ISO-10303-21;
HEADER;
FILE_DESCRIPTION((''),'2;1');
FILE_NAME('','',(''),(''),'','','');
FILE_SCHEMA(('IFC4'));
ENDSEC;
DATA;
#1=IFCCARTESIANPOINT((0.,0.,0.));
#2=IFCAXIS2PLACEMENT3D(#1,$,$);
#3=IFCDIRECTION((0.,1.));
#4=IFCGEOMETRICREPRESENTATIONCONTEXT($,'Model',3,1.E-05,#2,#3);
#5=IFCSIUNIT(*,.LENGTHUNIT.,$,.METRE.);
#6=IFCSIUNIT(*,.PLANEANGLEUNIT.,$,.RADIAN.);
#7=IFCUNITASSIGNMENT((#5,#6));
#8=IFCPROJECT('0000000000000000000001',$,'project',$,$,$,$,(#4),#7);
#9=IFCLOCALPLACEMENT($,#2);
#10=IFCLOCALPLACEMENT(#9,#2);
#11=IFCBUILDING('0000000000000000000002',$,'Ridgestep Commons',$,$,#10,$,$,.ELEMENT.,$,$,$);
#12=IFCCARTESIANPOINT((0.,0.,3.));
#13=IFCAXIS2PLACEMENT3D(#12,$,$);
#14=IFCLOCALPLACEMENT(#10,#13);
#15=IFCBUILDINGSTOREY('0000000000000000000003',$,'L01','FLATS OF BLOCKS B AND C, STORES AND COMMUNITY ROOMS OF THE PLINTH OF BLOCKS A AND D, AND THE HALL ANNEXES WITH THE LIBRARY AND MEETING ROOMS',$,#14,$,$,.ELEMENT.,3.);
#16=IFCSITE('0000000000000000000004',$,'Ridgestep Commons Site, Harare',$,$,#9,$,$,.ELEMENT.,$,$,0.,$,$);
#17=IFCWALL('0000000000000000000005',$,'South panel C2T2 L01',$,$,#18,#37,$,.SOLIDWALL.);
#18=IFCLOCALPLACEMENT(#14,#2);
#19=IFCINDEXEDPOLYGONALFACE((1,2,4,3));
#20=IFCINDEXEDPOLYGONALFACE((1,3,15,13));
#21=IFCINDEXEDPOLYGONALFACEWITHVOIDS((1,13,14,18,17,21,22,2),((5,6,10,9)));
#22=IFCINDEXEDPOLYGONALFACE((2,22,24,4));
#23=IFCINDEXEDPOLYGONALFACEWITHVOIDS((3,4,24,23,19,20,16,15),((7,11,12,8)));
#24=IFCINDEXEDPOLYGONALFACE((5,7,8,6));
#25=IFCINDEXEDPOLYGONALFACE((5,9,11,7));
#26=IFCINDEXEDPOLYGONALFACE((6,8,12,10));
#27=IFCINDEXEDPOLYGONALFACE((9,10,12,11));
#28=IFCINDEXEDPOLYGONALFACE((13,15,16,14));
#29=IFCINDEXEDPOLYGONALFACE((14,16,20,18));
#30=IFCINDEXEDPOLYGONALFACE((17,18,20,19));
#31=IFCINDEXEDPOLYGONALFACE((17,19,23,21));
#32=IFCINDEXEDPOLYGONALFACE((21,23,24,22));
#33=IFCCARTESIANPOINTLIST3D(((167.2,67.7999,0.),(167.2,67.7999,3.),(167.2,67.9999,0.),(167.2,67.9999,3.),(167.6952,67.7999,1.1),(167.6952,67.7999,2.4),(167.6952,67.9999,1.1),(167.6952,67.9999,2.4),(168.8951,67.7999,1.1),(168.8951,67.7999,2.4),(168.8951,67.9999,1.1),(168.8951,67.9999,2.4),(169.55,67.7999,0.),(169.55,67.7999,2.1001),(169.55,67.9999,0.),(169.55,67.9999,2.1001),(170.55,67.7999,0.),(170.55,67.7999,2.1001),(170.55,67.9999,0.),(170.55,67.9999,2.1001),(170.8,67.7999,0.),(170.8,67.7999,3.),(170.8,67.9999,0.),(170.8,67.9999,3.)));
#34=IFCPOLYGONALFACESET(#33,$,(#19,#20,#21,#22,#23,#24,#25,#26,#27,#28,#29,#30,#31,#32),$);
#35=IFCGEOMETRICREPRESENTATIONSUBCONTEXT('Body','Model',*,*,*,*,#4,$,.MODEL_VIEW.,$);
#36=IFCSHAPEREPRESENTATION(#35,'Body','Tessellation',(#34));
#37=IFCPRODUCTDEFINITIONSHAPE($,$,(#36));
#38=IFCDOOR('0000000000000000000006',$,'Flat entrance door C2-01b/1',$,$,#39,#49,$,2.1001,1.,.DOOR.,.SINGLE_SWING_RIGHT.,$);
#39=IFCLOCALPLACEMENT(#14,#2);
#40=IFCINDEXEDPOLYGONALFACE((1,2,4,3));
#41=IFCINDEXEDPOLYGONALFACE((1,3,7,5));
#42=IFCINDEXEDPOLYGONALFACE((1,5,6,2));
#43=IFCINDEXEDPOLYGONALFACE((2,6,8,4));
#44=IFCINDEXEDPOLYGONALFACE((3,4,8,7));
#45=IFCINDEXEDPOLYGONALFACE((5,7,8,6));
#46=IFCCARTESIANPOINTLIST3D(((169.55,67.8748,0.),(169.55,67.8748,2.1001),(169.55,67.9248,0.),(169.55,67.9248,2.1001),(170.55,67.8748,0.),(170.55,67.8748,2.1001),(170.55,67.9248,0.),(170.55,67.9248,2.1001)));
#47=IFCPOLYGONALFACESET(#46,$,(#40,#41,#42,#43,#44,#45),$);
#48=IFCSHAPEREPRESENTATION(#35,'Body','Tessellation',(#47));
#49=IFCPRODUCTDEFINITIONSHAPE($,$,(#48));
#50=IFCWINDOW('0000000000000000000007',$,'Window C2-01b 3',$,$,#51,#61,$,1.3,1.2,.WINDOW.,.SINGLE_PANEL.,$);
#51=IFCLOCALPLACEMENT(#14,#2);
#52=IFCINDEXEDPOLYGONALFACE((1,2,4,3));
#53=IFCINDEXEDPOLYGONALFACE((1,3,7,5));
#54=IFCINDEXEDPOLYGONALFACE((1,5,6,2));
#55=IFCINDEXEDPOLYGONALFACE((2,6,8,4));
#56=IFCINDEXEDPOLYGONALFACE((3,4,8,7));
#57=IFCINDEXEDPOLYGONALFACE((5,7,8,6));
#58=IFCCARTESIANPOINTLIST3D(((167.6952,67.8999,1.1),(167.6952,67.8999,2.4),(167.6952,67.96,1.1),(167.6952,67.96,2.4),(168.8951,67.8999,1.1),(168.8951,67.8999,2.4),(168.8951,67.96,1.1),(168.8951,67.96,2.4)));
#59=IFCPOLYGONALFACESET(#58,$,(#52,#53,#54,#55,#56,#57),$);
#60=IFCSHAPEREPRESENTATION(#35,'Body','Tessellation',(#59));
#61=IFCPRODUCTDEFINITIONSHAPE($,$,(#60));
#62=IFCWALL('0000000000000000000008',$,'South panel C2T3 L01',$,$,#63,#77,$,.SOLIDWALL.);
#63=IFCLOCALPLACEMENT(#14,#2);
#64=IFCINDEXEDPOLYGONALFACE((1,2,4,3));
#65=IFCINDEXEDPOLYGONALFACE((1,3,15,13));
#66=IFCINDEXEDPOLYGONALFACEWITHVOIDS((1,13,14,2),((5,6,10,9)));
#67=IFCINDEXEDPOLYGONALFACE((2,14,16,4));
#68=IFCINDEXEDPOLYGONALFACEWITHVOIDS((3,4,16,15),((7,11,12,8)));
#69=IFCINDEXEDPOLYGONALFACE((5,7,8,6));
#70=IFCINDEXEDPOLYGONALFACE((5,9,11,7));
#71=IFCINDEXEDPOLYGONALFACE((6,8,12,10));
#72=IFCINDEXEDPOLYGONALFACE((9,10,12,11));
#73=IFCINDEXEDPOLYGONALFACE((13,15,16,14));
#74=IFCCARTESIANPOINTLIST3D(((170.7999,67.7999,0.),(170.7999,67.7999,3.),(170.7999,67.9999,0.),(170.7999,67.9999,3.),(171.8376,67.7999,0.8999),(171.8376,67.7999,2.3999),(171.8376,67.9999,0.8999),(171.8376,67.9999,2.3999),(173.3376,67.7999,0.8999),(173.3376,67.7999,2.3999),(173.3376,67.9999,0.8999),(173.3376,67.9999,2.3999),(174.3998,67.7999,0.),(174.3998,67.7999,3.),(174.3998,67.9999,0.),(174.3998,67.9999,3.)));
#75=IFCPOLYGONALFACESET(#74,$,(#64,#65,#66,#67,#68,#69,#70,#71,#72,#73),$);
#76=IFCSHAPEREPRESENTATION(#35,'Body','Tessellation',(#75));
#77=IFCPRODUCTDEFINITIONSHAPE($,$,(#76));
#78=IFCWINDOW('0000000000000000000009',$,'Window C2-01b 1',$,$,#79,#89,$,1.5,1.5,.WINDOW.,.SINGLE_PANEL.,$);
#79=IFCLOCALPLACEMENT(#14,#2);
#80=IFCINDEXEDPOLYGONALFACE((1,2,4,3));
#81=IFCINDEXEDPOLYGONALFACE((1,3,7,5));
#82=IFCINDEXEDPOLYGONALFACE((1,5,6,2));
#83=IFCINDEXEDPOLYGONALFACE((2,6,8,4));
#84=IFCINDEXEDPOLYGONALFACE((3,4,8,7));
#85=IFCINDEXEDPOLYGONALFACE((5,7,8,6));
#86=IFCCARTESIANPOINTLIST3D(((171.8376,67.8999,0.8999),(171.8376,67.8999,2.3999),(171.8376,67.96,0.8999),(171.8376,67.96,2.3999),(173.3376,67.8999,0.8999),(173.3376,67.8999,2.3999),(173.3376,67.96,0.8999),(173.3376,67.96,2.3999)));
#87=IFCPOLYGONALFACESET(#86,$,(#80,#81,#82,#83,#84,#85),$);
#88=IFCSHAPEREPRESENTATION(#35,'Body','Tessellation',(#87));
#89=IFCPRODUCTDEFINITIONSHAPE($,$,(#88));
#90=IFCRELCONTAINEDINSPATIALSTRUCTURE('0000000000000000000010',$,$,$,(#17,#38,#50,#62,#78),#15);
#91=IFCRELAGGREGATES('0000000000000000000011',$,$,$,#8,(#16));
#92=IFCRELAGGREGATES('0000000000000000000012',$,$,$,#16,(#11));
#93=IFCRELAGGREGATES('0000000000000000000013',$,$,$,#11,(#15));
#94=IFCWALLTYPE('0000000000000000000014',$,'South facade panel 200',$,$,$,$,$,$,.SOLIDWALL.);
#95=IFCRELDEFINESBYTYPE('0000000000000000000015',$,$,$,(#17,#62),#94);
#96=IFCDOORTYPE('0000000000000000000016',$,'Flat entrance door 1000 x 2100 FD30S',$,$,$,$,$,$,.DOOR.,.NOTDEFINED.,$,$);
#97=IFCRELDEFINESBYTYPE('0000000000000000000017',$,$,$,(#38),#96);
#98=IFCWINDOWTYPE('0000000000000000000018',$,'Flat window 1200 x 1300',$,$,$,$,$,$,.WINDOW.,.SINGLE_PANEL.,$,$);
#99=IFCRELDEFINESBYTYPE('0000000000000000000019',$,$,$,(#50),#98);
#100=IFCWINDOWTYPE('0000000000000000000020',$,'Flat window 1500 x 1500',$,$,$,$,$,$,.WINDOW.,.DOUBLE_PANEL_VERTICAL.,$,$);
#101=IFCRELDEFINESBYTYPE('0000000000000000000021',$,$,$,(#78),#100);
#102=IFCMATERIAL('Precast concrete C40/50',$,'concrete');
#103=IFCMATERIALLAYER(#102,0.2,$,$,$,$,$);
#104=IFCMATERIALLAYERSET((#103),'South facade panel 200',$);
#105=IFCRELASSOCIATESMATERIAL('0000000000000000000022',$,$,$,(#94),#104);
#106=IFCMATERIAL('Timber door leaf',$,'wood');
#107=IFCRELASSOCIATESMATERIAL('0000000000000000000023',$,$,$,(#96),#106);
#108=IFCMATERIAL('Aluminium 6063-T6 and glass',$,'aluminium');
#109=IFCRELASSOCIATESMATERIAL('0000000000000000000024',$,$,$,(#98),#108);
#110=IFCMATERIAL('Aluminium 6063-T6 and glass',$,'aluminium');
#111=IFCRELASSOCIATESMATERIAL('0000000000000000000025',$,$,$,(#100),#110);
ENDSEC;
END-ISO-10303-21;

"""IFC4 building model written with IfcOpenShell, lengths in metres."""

from ifc_helpers import new_model, si_unit, direction, frame, frame_2d, origin, place, context, subcontext, project, spatial, rectangle, extrude, material, layer, layer_set, type_object, element, fill, save


model = new_model("IFC4")

# Units and contexts
model_context = context("Model", 3, precision=1e-05, world=origin(), true_north=direction((0.0, 1.0)))
body_context = subcontext(model_context, "Body", "Model", "MODEL_VIEW")
ifc_project = project(units=[si_unit("LENGTHUNIT", "METRE"), si_unit("PLANEANGLEUNIT", "RADIAN")], contexts=[model_context])

# Site, building, storey
site_placement = place(None, origin())
site = spatial("IfcSite", under=ifc_project, at=site_placement, Name="Ridgestep Commons Site, Harare", CompositionType="ELEMENT", RefElevation=0.0)
building_placement = place(site_placement, origin())
building = spatial("IfcBuilding", under=site, at=building_placement, Name="Ridgestep Commons", CompositionType="ELEMENT")
storey_placement = place(building_placement, frame((0.0, 0.0, 3.0)))
storey = spatial("IfcBuildingStorey", under=building, at=storey_placement, Name="L01", Description="FLATS OF BLOCKS B AND C, STORES AND COMMUNITY ROOMS OF THE PLINTH OF BLOCKS A AND D, AND THE HALL ANNEXES WITH THE LIBRARY AND MEETING ROOMS", CompositionType="ELEMENT", Elevation=3.0)

# Wall, openings, door, window
ifc_material_1 = material(Name="Precast concrete C40/50", Category="concrete")
ifc_layer_1 = layer(ifc_material_1, 0.2)
ifc_layer_set_1 = layer_set([ifc_layer_1], Name="South facade panel 200")
wall_type_1 = type_object("IfcWallType", Name="South facade panel 200", PredefinedType="SOLIDWALL", material=ifc_layer_set_1)
ifc_material_2 = material(Name="Timber door leaf", Category="wood")
door_type_1 = type_object("IfcDoorType", Name="Flat entrance door 1000 x 2100 FD30S", OperationType="NOTDEFINED", PredefinedType="DOOR", material=ifc_material_2)
ifc_material_3 = material(Name="Aluminium 6063-T6 and glass", Category="aluminium")
window_type_1 = type_object("IfcWindowType", Name="Flat window 1200 x 1300", PartitioningType="SINGLE_PANEL", PredefinedType="WINDOW", material=ifc_material_3)
wall_1_placement = place(storey_placement, frame((167.2, 67.8999, 0.0), z_axis=(0.0, 0.0, 1.0), x_axis=(1.0, 0.0, 0.0)))
wall_1 = element("IfcWall", 1, at=wall_1_placement, inside=storey, type_object=wall_type_1, Name="South panel C2T2 L01", PredefinedType="SOLIDWALL", context=body_context, shape_type="SweptSolid", body=[
    extrude(rectangle(XDim=3.6001, YDim=0.2, at=frame_2d((1.8, 0.0))), origin(), (0.0, 0.0, 1.0), 3.0),
])
opening_1_placement = place(wall_1_placement, frame((0.4951, 0.0, 1.1001)))
opening_1 = element("IfcOpeningElement", 2, at=opening_1_placement, cuts=wall_1, PredefinedType="OPENING", context=body_context, shape_type="SweptSolid", body=[
    extrude(rectangle(XDim=1.2, YDim=1.3, at=frame_2d((0.6001, 0.6499))), frame((0.0, 0.1099, 0.0), z_axis=(0.0, -1.0, 0.0), x_axis=(1.0, 0.0, 0.0)), (0.0, 0.0, 1.0), 0.22),
])
opening_2_placement = place(wall_1_placement, frame((2.3501, 0.0, 0.0)))
opening_2 = element("IfcOpeningElement", 3, at=opening_2_placement, cuts=wall_1, PredefinedType="OPENING", context=body_context, shape_type="SweptSolid", body=[
    extrude(rectangle(XDim=1.0, YDim=2.1001, at=frame_2d((0.5, 1.05))), frame((0.0, 0.1099, 0.0), z_axis=(0.0, -1.0, 0.0), x_axis=(1.0, 0.0, 0.0)), (0.0, 0.0, 1.0), 0.22),
])
door_1_placement = place(opening_2_placement, origin())
door_1 = element("IfcDoor", 4, at=door_1_placement, inside=storey, type_object=door_type_1, Name="Flat entrance door C2-01b/1", OperationType="SINGLE_SWING_RIGHT", OverallHeight=2.1001, OverallWidth=1.0, PredefinedType="DOOR", context=body_context, shape_type="SweptSolid", body=[
    extrude(rectangle(XDim=1.0, YDim=2.1001, at=frame_2d((0.5, 1.05))), frame((0.0, 0.0249, 0.0), z_axis=(0.0, -1.0, 0.0), x_axis=(1.0, 0.0, 0.0)), (0.0, 0.0, 1.0), 0.05),
])
fill(opening_2, door_1)
window_1_placement = place(opening_1_placement, origin())
window_1 = element("IfcWindow", 5, at=window_1_placement, inside=storey, type_object=window_type_1, Name="Window C2-01b 3", OverallHeight=1.3, OverallWidth=1.2, PartitioningType="SINGLE_PANEL", PredefinedType="WINDOW", context=body_context, shape_type="SweptSolid", body=[
    extrude(rectangle(XDim=1.2, YDim=1.3, at=frame_2d((0.6001, 0.6499))), frame((0.0, 0.0601, 0.0), z_axis=(0.0, -1.0, 0.0), x_axis=(1.0, 0.0, 0.0)), (0.0, 0.0, 1.0), 0.0601),
])
fill(opening_1, window_1)

# Wall, opening, window
wall_2_placement = place(storey_placement, frame((170.8, 67.8999, 0.0), z_axis=(0.0, 0.0, 1.0), x_axis=(1.0, 0.0, 0.0)))
wall_2 = element("IfcWall", 6, at=wall_2_placement, inside=storey, type_object=wall_type_1, Name="South panel C2T3 L01", PredefinedType="SOLIDWALL", context=body_context, shape_type="SweptSolid", body=[
    extrude(rectangle(XDim=3.5999, YDim=0.2, at=frame_2d((1.7998, 0.0))), origin(), (0.0, 0.0, 1.0), 3.0),
])
opening_3_placement = place(wall_2_placement, frame((1.0376, 0.0, 0.8999)))
opening_3 = element("IfcOpeningElement", 7, at=opening_3_placement, cuts=wall_2, PredefinedType="OPENING", context=body_context, shape_type="SweptSolid", body=[
    extrude(rectangle(XDim=1.5, YDim=1.5, at=frame_2d((0.75, 0.75))), frame((0.0, 0.1099, 0.0), z_axis=(0.0, -1.0, 0.0), x_axis=(1.0, 0.0, 0.0)), (0.0, 0.0, 1.0), 0.22),
])
ifc_material_4 = material(Name="Aluminium 6063-T6 and glass", Category="aluminium")
window_type_2 = type_object("IfcWindowType", Name="Flat window 1500 x 1500", PartitioningType="DOUBLE_PANEL_VERTICAL", PredefinedType="WINDOW", material=ifc_material_4)
window_2_placement = place(opening_3_placement, origin())
window_2 = element("IfcWindow", 8, at=window_2_placement, inside=storey, type_object=window_type_2, Name="Window C2-01b 1", OverallHeight=1.5, OverallWidth=1.5, PartitioningType="SINGLE_PANEL", PredefinedType="WINDOW", context=body_context, shape_type="SweptSolid", body=[
    extrude(rectangle(XDim=1.5, YDim=1.5, at=frame_2d((0.75, 0.75))), frame((0.0, 0.0601, 0.0), z_axis=(0.0, -1.0, 0.0), x_axis=(1.0, 0.0, 0.0)), (0.0, 0.0, 1.0), 0.0601),
])
fill(opening_3, window_2)

save(model, "model.ifc")
